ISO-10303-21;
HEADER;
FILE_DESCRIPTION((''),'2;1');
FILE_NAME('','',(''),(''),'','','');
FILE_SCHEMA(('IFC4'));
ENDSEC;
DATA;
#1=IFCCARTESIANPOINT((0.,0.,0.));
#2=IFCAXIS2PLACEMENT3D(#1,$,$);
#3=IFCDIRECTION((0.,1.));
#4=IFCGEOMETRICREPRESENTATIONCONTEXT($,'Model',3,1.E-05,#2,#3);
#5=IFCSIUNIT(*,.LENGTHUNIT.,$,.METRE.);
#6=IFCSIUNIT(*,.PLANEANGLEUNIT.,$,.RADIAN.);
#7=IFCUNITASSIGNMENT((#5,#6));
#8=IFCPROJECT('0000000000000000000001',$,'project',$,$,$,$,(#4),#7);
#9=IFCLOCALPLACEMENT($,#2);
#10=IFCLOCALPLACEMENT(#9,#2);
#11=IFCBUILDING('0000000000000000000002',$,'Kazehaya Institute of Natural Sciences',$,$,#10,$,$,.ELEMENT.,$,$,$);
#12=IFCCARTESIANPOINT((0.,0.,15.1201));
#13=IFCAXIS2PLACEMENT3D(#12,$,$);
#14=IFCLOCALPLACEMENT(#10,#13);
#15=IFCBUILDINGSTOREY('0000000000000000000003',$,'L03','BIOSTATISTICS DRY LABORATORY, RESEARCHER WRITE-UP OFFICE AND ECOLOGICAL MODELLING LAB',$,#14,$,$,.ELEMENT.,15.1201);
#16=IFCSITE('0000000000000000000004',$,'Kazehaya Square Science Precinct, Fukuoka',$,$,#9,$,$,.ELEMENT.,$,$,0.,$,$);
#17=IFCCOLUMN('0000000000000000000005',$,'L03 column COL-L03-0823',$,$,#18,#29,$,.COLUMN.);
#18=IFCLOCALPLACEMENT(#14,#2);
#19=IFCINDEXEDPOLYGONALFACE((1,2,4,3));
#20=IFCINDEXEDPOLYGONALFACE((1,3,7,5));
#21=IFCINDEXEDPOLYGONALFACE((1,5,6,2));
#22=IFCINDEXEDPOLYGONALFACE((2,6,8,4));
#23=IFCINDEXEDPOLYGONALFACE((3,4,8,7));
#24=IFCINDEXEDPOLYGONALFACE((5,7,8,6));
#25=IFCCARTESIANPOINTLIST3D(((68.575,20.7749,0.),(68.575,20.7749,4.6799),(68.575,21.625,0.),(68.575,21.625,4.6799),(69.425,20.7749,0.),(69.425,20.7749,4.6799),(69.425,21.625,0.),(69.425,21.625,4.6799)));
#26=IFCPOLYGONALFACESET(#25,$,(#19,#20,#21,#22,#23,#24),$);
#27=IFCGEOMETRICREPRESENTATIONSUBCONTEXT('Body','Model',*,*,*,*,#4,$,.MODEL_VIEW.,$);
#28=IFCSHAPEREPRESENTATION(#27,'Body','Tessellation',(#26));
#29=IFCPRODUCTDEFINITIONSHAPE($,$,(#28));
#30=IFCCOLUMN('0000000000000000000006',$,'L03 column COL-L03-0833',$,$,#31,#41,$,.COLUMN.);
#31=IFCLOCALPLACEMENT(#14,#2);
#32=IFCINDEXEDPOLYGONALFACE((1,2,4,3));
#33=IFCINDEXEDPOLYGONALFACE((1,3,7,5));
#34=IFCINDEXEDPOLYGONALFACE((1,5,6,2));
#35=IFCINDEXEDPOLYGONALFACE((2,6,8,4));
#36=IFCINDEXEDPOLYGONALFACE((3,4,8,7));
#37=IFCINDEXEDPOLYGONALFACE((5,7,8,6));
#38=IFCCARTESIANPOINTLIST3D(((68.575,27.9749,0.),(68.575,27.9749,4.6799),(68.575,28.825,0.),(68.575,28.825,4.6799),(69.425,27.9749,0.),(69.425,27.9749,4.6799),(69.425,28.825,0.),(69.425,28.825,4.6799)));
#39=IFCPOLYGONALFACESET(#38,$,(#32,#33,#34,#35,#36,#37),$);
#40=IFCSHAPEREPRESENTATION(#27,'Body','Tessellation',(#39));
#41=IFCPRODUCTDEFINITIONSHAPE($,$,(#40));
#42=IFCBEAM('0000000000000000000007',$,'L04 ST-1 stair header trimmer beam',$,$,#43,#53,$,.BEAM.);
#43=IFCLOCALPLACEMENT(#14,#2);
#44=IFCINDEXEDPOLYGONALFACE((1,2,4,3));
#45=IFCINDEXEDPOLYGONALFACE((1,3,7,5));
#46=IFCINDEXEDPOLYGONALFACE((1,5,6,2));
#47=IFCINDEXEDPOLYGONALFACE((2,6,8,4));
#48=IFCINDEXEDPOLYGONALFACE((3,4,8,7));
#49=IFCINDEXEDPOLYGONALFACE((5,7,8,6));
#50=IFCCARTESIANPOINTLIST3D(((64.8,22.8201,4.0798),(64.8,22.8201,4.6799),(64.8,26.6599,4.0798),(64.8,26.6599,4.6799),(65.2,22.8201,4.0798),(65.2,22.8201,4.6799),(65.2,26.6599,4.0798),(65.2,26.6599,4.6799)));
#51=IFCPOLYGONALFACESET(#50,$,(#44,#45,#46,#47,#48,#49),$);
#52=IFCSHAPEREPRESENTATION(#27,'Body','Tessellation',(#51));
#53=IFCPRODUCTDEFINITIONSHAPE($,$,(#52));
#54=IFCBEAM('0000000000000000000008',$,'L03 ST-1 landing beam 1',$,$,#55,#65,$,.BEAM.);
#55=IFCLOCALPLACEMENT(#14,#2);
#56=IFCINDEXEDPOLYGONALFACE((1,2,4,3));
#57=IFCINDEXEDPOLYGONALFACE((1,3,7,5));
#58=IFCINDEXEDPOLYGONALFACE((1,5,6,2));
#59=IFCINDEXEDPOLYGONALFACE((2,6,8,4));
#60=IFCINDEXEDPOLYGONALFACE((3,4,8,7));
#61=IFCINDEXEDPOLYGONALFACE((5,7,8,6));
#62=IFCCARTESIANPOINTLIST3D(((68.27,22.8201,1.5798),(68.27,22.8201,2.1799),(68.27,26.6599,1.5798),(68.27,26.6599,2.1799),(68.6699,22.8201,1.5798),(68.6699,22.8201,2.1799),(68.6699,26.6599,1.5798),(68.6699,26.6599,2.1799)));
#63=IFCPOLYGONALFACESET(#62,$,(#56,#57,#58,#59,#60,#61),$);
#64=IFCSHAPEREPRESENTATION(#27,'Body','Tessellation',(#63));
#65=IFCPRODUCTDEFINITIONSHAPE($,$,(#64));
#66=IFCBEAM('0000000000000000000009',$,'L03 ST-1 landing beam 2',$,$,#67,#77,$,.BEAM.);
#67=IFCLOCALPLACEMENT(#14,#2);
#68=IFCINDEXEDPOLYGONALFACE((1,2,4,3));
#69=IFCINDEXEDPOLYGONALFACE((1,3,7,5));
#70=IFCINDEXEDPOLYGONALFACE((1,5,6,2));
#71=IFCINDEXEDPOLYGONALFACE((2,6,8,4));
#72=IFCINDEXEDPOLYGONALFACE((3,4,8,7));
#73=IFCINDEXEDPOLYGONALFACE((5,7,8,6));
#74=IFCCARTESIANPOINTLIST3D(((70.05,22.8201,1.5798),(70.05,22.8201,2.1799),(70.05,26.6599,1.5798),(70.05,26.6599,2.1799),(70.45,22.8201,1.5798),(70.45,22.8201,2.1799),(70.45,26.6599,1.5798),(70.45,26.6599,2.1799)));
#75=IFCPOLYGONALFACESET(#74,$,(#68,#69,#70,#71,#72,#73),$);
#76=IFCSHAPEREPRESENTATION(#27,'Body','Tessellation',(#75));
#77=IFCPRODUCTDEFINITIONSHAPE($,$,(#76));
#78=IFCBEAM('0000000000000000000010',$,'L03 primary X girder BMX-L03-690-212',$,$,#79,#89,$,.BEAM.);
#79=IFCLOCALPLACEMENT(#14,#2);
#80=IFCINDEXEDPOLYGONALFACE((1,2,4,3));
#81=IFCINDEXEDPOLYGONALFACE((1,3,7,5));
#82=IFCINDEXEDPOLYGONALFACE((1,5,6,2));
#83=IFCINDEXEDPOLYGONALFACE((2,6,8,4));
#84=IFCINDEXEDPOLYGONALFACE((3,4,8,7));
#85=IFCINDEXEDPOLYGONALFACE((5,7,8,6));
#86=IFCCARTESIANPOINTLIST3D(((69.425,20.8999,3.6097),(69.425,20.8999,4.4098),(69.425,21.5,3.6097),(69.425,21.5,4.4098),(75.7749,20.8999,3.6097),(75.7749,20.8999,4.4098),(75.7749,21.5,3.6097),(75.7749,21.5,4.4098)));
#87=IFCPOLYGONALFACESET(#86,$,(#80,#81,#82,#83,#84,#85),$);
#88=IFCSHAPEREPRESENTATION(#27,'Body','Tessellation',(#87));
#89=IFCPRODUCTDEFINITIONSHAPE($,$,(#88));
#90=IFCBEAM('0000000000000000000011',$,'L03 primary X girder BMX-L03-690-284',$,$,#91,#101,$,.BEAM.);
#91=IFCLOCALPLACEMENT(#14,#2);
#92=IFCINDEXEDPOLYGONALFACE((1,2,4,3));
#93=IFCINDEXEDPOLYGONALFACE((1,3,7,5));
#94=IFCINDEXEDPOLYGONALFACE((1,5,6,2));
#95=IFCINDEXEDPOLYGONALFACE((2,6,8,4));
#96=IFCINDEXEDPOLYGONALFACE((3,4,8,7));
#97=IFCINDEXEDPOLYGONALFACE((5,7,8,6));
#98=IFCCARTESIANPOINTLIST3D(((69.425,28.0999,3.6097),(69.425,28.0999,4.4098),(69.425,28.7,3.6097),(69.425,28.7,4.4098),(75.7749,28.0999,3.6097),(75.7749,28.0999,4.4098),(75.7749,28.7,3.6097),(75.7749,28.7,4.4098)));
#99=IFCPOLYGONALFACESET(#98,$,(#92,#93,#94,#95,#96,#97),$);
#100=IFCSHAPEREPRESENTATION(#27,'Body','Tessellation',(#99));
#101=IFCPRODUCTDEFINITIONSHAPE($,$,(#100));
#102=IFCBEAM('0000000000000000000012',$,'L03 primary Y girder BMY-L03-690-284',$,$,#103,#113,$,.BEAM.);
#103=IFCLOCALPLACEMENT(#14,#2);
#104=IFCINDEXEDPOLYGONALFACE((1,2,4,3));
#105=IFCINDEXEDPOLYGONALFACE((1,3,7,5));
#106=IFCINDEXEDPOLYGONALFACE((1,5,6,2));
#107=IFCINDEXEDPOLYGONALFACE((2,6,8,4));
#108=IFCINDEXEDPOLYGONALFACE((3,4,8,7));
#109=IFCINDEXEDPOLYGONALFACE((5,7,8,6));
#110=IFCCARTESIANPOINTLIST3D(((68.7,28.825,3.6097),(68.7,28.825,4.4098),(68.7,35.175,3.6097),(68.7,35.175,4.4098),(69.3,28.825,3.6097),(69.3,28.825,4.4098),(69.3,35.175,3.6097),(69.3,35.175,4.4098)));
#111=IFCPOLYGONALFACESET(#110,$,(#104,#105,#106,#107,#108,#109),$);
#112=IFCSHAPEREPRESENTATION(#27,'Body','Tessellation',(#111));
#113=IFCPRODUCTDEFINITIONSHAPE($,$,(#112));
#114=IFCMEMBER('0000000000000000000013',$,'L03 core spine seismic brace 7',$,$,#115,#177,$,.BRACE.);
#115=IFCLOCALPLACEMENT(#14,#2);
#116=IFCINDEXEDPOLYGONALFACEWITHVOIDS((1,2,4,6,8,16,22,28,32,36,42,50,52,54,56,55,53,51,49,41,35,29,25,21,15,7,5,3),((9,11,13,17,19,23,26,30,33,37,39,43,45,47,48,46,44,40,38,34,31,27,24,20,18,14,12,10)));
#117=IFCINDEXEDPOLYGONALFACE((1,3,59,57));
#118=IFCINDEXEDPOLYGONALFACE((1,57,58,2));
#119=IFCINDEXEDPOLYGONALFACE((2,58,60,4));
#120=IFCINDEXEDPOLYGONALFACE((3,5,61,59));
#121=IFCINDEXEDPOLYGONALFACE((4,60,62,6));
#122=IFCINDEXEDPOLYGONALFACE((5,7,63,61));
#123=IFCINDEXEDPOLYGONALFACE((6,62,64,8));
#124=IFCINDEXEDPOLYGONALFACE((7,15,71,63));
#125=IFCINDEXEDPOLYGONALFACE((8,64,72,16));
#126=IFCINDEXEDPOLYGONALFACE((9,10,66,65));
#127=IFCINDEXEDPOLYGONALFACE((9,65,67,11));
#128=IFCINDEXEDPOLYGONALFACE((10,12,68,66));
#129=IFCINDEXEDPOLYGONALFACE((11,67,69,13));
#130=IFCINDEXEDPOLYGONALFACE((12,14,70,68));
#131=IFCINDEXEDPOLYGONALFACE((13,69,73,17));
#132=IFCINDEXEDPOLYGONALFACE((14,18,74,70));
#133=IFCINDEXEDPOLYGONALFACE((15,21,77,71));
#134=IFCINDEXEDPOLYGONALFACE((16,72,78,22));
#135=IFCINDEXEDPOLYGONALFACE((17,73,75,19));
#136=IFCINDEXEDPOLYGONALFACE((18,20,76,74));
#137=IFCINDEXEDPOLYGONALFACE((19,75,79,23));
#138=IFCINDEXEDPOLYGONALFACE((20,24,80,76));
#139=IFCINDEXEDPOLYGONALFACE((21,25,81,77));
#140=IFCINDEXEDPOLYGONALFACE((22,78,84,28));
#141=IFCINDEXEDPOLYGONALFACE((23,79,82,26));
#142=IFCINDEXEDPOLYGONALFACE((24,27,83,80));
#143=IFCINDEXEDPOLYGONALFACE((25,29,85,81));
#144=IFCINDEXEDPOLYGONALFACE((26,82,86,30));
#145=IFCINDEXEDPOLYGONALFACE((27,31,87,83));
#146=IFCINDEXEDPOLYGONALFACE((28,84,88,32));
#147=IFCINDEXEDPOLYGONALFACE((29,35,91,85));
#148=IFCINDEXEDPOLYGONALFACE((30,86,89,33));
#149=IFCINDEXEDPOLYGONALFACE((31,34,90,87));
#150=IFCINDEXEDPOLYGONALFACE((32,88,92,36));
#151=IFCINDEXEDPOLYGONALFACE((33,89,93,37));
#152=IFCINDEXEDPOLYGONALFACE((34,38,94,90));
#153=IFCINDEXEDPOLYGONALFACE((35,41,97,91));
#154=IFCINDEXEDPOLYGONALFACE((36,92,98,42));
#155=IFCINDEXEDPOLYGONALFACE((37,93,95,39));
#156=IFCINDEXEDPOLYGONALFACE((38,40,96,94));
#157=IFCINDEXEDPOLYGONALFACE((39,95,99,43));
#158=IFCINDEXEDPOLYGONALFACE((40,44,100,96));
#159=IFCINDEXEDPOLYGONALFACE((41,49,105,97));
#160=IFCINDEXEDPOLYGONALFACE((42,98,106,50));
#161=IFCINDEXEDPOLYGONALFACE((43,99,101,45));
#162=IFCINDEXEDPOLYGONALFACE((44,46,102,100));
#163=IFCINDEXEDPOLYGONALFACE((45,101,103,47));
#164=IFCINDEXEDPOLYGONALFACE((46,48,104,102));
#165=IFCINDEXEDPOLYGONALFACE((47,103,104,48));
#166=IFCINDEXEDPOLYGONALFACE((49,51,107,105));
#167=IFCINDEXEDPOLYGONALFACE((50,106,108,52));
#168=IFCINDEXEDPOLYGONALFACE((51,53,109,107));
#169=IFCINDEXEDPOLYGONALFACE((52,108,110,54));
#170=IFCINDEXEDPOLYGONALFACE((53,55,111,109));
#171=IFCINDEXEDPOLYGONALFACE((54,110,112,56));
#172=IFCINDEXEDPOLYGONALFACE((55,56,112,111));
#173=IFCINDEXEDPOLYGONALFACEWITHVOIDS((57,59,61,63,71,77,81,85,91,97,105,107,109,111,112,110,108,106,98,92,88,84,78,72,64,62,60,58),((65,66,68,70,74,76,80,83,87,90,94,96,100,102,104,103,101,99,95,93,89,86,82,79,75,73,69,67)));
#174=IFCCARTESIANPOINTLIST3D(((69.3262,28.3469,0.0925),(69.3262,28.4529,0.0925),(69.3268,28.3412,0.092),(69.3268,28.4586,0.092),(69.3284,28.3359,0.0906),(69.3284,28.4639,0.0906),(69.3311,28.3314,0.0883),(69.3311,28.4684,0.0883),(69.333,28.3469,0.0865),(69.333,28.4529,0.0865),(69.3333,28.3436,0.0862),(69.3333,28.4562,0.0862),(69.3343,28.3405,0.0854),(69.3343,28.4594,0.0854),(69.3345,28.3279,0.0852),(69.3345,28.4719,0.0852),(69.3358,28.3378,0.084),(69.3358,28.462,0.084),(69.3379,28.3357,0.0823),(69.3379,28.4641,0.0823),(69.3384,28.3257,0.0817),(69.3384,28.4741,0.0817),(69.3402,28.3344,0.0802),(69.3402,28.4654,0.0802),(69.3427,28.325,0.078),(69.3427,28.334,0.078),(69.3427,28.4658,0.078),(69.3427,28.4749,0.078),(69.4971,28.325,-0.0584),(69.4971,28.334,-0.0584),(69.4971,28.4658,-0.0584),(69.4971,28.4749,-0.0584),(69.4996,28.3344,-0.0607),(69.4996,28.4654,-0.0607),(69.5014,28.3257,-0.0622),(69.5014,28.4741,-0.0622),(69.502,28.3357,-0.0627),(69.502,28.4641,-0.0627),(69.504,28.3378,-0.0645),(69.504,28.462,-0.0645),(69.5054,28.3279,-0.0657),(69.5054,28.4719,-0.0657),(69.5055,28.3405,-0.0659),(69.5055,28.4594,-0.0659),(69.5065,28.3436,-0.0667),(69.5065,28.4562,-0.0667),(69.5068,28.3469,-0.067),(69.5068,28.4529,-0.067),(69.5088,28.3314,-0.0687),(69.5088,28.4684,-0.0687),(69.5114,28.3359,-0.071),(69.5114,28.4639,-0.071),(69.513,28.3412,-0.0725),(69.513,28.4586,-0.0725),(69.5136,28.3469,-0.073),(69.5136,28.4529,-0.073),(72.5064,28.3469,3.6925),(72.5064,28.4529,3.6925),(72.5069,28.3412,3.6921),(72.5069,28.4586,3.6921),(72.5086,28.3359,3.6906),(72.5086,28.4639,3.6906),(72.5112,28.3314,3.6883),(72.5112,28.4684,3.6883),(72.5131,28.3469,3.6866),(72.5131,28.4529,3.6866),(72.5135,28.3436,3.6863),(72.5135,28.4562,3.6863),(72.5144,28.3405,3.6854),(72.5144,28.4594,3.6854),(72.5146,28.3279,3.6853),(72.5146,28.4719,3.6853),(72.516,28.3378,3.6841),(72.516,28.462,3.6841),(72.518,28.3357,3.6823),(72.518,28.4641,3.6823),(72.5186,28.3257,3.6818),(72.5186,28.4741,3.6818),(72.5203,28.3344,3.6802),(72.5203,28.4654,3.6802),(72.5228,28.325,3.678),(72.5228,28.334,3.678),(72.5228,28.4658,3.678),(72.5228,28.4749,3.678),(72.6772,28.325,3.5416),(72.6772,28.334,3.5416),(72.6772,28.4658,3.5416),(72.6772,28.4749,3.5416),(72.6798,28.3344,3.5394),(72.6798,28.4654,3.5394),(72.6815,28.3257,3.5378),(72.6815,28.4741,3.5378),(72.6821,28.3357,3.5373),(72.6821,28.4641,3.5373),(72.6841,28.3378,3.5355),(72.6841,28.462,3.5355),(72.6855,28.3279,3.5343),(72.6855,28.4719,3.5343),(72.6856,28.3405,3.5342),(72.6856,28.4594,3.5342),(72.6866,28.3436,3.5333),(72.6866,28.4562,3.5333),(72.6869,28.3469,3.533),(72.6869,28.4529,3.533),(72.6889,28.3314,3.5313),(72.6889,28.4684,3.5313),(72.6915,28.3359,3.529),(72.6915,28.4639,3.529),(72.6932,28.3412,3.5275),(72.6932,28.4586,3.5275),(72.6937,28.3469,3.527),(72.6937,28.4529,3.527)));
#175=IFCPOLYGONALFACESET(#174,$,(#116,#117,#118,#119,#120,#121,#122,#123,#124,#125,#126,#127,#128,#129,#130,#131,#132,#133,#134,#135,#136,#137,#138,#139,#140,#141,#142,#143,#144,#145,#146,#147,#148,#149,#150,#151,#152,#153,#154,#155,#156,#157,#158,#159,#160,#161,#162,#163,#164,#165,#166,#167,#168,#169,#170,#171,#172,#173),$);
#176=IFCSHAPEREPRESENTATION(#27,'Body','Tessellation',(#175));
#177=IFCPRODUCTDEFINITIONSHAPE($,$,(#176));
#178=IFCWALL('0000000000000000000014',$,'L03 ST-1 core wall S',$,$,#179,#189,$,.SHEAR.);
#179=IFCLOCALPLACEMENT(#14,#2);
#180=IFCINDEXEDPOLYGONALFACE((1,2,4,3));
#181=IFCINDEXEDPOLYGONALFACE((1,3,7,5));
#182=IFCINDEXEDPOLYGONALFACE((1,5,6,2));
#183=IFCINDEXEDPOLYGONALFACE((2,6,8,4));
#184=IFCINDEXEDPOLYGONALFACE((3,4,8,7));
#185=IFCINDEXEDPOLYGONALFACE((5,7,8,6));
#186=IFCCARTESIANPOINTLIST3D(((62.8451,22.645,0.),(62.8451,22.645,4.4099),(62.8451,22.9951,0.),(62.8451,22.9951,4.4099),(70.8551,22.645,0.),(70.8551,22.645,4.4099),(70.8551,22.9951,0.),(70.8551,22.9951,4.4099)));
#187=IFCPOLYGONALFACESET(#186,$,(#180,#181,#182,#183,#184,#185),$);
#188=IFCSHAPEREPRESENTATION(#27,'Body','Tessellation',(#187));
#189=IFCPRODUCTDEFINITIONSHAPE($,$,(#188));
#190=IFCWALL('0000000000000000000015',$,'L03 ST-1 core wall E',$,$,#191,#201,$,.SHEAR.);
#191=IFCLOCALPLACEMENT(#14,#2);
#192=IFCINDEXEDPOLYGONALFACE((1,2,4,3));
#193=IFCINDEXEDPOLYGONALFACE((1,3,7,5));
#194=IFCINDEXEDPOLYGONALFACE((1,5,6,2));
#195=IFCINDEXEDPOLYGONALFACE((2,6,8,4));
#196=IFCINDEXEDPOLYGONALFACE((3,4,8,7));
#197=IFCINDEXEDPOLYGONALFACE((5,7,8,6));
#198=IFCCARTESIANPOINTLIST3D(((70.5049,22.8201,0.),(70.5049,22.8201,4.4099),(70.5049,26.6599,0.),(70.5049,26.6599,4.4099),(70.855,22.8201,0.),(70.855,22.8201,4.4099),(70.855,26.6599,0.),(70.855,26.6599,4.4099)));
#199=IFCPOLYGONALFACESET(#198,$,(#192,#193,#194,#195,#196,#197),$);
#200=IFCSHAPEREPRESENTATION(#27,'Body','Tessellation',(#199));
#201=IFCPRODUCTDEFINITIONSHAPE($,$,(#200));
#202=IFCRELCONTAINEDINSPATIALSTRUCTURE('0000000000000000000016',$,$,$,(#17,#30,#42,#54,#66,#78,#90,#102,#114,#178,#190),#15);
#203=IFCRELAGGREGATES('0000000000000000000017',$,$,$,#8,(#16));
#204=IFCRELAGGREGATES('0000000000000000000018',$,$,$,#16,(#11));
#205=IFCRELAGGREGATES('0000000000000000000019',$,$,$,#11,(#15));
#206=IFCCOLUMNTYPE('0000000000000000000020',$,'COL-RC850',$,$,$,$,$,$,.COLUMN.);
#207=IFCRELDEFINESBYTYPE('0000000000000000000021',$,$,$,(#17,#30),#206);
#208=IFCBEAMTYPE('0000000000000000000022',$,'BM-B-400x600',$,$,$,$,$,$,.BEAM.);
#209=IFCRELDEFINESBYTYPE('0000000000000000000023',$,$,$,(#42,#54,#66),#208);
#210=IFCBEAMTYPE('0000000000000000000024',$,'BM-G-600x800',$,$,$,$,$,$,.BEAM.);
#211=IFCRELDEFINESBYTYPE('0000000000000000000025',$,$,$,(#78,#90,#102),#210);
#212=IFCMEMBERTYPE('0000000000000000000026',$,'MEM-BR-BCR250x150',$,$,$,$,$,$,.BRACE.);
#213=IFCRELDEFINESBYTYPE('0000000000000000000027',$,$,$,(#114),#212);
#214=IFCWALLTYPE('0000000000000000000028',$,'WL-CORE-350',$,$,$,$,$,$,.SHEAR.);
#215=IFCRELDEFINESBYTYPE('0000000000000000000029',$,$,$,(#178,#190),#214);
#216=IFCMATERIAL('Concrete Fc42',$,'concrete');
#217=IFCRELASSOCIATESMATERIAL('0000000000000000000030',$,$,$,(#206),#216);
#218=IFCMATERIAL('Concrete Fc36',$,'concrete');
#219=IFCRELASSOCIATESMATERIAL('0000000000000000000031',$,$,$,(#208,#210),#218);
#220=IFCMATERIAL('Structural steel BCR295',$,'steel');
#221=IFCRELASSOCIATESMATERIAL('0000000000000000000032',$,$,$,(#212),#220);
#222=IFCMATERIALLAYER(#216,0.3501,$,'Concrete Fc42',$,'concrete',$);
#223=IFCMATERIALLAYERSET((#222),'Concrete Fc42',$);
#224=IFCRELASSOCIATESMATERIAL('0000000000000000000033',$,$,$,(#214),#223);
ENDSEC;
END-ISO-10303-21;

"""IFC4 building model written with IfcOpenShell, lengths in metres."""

from ifc_helpers import new_model, si_unit, direction, frame, frame_2d, origin, origin_2d, place, context, subcontext, project, spatial, rectangle, hollow_rectangle, extrude, material, layer, layer_set, material_profile, profile_set, type_object, element, save


model = new_model("IFC4")

# Units and contexts
model_context = context("Model", 3, precision=1e-05, world=origin(), true_north=direction((0.0, 1.0)))
body_context = subcontext(model_context, "Body", "Model", "MODEL_VIEW")
ifc_project = project(units=[si_unit("LENGTHUNIT", "METRE"), si_unit("PLANEANGLEUNIT", "RADIAN")], contexts=[model_context])

# Site, building, storey
site_placement = place(None, origin())
site = spatial("IfcSite", under=ifc_project, at=site_placement, Name="Kazehaya Square Science Precinct, Fukuoka", CompositionType="ELEMENT", RefElevation=0.0)
building_placement = place(site_placement, origin())
building = spatial("IfcBuilding", under=site, at=building_placement, Name="Kazehaya Institute of Natural Sciences", CompositionType="ELEMENT")
storey_placement = place(building_placement, frame((0.0, 0.0, 15.1201)))
storey = spatial("IfcBuildingStorey", under=building, at=storey_placement, Name="L03", Description="BIOSTATISTICS DRY LABORATORY, RESEARCHER WRITE-UP OFFICE AND ECOLOGICAL MODELLING LAB", CompositionType="ELEMENT", Elevation=15.1201)

# Columns
ifc_material_1 = material(Name="Concrete Fc42", Category="concrete")
ifc_material_profile_1 = material_profile(ifc_material_1, rectangle(XDim=0.8501, YDim=0.8501, at=origin_2d()), Name="RC-850x850")
ifc_profile_set_1 = profile_set([ifc_material_profile_1], Name="Concrete Fc42")
column_type = type_object("IfcColumnType", Name="COL-RC850", PredefinedType="COLUMN", material=ifc_profile_set_1)
for number, where, z_axis, x_axis, name in (
    (1, (69.0, 21.2, 0.0), (0.0, 0.0, 1.0), (1.0, 0.0, 0.0), "L03 column COL-L03-0823"),
    (2, (69.0, 28.3999, 0.0), (0.0, 0.0, 1.0), (1.0, 0.0, 0.0), "L03 column COL-L03-0833"),
):
    element("IfcColumn", number, at=place(storey_placement, frame(where, z_axis=z_axis, x_axis=x_axis)), inside=storey, type_object=column_type, Name=name, PredefinedType="COLUMN", context=body_context, shape_type="SweptSolid", body=[
        extrude(rectangle(XDim=0.8501, YDim=0.8501, at=origin_2d()), origin(), (0.0, 0.0, 1.0), 4.6799),
    ])

# Beams
ifc_material_2 = material(Name="Concrete Fc36", Category="concrete")
ifc_material_profile_2 = material_profile(ifc_material_2, rectangle(XDim=0.3999, YDim=0.6001, at=origin_2d()), Name="RC-400x600")
ifc_profile_set_2 = profile_set([ifc_material_profile_2], Name="Concrete Fc36")
beam_type_1 = type_object("IfcBeamType", Name="BM-B-400x600", PredefinedType="BEAM", material=ifc_profile_set_2)
for number, where, z_axis, x_axis, name in (
    (3, (65.0, 22.8201, 4.3799), (0.0, 1.0, 0.0), (-1.0, 0.0, 0.0), "L04 ST-1 stair header trimmer beam"),
    (4, (68.47, 22.8201, 1.8799), (0.0, 1.0, 0.0), (-1.0, 0.0, 0.0), "L03 ST-1 landing beam 1"),
    (5, (70.25, 22.8201, 1.8799), (0.0, 1.0, 0.0), (-1.0, 0.0, 0.0), "L03 ST-1 landing beam 2"),
):
    element("IfcBeam", number, at=place(storey_placement, frame(where, z_axis=z_axis, x_axis=x_axis)), inside=storey, type_object=beam_type_1, Name=name, PredefinedType="BEAM", context=body_context, shape_type="SweptSolid", body=[
        extrude(rectangle(XDim=0.3999, YDim=0.6001, at=origin_2d()), origin(), (0.0, 0.0, 1.0), 3.8398),
    ])
ifc_material_profile_3 = material_profile(ifc_material_2, rectangle(XDim=0.6001, YDim=0.8, at=origin_2d()), Name="RC-600x800")
ifc_profile_set_3 = profile_set([ifc_material_profile_3], Name="Concrete Fc36")
beam_type_2 = type_object("IfcBeamType", Name="BM-G-600x800", PredefinedType="BEAM", material=ifc_profile_set_3)
for number, where, z_axis, x_axis, name in (
    (6, (69.425, 21.2, 4.0098), (1.0, 0.0, 0.0), (0.0, 1.0, 0.0), "L03 primary X girder BMX-L03-690-212"),
    (7, (69.425, 28.3999, 4.0098), (1.0, 0.0, 0.0), (0.0, 1.0, 0.0), "L03 primary X girder BMX-L03-690-284"),
):
    element("IfcBeam", number, at=place(storey_placement, frame(where, z_axis=z_axis, x_axis=x_axis)), inside=storey, type_object=beam_type_2, Name=name, PredefinedType="BEAM", context=body_context, shape_type="SweptSolid", body=[
        extrude(rectangle(XDim=0.6001, YDim=0.8, at=origin_2d()), origin(), (0.0, 0.0, 1.0), 6.3499),
    ])
beam_placement = place(storey_placement, frame((69.0, 28.825, 4.0098), z_axis=(0.0, 1.0, 0.0), x_axis=(-1.0, 0.0, 0.0)))
element("IfcBeam", 8, at=beam_placement, inside=storey, type_object=beam_type_2, Name="L03 primary Y girder BMY-L03-690-284", PredefinedType="BEAM", context=body_context, shape_type="SweptSolid", body=[
    extrude(rectangle(XDim=0.6001, YDim=0.8, at=origin_2d()), origin(), (0.0, 0.0, 1.0), 6.3501),
])

# Member
ifc_material_3 = material(Name="Structural steel BCR295", Category="steel")
ifc_material_profile_4 = material_profile(ifc_material_3, hollow_rectangle(XDim=0.1499, YDim=0.25, WallThickness=0.009, InnerFilletRadius=0.0129, OuterFilletRadius=0.022, at=origin_2d()), Name="BCR-250x150x9")
ifc_profile_set_4 = profile_set([ifc_material_profile_4], Name="Structural steel BCR295")
member_type = type_object("IfcMemberType", Name="MEM-BR-BCR250x150", PredefinedType="BRACE", material=ifc_profile_set_4)
member_placement = place(storey_placement, frame((69.4199, 28.3999, 0.0098), z_axis=(0.662045, 0.0, 0.749464), x_axis=(0.0, 1.0, 0.0)))
element("IfcMember", 9, at=member_placement, inside=storey, type_object=member_type, Name="L03 core spine seismic brace 7", PredefinedType="BRACE", context=body_context, shape_type="SweptSolid", body=[
    extrude(hollow_rectangle(XDim=0.1499, YDim=0.25, WallThickness=0.009, InnerFilletRadius=0.0129, OuterFilletRadius=0.022, at=origin_2d()), origin(), (0.0, 0.0, 1.0), 4.8035),
])

# Walls
ifc_layer_1 = layer(ifc_material_1, 0.3501, Name="Concrete Fc42", Category="concrete")
ifc_layer_set_1 = layer_set([ifc_layer_1], Name="Concrete Fc42")
wall_type_1 = type_object("IfcWallType", Name="WL-CORE-350", PredefinedType="SHEAR", material=ifc_layer_set_1)
wall_1_placement = place(storey_placement, frame((70.855, 22.8201, 0.0), z_axis=(0.0, 0.0, 1.0), x_axis=(-1.0, 0.0, 0.0)))
element("IfcWall", 10, at=wall_1_placement, inside=storey, type_object=wall_type_1, Name="L03 ST-1 core wall S", PredefinedType="SHEAR", context=body_context, shape_type="SweptSolid", body=[
    extrude(rectangle(XDim=8.01, YDim=0.3501, at=frame_2d((4.0049, 0.0))), origin(), (0.0, 0.0, 1.0), 4.4099),
])
wall_2_placement = place(storey_placement, frame((70.6799, 26.6599, 0.0), z_axis=(0.0, 0.0, 1.0), x_axis=(0.0, -1.0, 0.0)))
element("IfcWall", 11, at=wall_2_placement, inside=storey, type_object=wall_type_1, Name="L03 ST-1 core wall E", PredefinedType="SHEAR", context=body_context, shape_type="SweptSolid", body=[
    extrude(rectangle(XDim=3.8398, YDim=0.3501, at=frame_2d((1.9199, 0.0))), origin(), (0.0, 0.0, 1.0), 4.4099),
])

save(model, "model.ifc")
